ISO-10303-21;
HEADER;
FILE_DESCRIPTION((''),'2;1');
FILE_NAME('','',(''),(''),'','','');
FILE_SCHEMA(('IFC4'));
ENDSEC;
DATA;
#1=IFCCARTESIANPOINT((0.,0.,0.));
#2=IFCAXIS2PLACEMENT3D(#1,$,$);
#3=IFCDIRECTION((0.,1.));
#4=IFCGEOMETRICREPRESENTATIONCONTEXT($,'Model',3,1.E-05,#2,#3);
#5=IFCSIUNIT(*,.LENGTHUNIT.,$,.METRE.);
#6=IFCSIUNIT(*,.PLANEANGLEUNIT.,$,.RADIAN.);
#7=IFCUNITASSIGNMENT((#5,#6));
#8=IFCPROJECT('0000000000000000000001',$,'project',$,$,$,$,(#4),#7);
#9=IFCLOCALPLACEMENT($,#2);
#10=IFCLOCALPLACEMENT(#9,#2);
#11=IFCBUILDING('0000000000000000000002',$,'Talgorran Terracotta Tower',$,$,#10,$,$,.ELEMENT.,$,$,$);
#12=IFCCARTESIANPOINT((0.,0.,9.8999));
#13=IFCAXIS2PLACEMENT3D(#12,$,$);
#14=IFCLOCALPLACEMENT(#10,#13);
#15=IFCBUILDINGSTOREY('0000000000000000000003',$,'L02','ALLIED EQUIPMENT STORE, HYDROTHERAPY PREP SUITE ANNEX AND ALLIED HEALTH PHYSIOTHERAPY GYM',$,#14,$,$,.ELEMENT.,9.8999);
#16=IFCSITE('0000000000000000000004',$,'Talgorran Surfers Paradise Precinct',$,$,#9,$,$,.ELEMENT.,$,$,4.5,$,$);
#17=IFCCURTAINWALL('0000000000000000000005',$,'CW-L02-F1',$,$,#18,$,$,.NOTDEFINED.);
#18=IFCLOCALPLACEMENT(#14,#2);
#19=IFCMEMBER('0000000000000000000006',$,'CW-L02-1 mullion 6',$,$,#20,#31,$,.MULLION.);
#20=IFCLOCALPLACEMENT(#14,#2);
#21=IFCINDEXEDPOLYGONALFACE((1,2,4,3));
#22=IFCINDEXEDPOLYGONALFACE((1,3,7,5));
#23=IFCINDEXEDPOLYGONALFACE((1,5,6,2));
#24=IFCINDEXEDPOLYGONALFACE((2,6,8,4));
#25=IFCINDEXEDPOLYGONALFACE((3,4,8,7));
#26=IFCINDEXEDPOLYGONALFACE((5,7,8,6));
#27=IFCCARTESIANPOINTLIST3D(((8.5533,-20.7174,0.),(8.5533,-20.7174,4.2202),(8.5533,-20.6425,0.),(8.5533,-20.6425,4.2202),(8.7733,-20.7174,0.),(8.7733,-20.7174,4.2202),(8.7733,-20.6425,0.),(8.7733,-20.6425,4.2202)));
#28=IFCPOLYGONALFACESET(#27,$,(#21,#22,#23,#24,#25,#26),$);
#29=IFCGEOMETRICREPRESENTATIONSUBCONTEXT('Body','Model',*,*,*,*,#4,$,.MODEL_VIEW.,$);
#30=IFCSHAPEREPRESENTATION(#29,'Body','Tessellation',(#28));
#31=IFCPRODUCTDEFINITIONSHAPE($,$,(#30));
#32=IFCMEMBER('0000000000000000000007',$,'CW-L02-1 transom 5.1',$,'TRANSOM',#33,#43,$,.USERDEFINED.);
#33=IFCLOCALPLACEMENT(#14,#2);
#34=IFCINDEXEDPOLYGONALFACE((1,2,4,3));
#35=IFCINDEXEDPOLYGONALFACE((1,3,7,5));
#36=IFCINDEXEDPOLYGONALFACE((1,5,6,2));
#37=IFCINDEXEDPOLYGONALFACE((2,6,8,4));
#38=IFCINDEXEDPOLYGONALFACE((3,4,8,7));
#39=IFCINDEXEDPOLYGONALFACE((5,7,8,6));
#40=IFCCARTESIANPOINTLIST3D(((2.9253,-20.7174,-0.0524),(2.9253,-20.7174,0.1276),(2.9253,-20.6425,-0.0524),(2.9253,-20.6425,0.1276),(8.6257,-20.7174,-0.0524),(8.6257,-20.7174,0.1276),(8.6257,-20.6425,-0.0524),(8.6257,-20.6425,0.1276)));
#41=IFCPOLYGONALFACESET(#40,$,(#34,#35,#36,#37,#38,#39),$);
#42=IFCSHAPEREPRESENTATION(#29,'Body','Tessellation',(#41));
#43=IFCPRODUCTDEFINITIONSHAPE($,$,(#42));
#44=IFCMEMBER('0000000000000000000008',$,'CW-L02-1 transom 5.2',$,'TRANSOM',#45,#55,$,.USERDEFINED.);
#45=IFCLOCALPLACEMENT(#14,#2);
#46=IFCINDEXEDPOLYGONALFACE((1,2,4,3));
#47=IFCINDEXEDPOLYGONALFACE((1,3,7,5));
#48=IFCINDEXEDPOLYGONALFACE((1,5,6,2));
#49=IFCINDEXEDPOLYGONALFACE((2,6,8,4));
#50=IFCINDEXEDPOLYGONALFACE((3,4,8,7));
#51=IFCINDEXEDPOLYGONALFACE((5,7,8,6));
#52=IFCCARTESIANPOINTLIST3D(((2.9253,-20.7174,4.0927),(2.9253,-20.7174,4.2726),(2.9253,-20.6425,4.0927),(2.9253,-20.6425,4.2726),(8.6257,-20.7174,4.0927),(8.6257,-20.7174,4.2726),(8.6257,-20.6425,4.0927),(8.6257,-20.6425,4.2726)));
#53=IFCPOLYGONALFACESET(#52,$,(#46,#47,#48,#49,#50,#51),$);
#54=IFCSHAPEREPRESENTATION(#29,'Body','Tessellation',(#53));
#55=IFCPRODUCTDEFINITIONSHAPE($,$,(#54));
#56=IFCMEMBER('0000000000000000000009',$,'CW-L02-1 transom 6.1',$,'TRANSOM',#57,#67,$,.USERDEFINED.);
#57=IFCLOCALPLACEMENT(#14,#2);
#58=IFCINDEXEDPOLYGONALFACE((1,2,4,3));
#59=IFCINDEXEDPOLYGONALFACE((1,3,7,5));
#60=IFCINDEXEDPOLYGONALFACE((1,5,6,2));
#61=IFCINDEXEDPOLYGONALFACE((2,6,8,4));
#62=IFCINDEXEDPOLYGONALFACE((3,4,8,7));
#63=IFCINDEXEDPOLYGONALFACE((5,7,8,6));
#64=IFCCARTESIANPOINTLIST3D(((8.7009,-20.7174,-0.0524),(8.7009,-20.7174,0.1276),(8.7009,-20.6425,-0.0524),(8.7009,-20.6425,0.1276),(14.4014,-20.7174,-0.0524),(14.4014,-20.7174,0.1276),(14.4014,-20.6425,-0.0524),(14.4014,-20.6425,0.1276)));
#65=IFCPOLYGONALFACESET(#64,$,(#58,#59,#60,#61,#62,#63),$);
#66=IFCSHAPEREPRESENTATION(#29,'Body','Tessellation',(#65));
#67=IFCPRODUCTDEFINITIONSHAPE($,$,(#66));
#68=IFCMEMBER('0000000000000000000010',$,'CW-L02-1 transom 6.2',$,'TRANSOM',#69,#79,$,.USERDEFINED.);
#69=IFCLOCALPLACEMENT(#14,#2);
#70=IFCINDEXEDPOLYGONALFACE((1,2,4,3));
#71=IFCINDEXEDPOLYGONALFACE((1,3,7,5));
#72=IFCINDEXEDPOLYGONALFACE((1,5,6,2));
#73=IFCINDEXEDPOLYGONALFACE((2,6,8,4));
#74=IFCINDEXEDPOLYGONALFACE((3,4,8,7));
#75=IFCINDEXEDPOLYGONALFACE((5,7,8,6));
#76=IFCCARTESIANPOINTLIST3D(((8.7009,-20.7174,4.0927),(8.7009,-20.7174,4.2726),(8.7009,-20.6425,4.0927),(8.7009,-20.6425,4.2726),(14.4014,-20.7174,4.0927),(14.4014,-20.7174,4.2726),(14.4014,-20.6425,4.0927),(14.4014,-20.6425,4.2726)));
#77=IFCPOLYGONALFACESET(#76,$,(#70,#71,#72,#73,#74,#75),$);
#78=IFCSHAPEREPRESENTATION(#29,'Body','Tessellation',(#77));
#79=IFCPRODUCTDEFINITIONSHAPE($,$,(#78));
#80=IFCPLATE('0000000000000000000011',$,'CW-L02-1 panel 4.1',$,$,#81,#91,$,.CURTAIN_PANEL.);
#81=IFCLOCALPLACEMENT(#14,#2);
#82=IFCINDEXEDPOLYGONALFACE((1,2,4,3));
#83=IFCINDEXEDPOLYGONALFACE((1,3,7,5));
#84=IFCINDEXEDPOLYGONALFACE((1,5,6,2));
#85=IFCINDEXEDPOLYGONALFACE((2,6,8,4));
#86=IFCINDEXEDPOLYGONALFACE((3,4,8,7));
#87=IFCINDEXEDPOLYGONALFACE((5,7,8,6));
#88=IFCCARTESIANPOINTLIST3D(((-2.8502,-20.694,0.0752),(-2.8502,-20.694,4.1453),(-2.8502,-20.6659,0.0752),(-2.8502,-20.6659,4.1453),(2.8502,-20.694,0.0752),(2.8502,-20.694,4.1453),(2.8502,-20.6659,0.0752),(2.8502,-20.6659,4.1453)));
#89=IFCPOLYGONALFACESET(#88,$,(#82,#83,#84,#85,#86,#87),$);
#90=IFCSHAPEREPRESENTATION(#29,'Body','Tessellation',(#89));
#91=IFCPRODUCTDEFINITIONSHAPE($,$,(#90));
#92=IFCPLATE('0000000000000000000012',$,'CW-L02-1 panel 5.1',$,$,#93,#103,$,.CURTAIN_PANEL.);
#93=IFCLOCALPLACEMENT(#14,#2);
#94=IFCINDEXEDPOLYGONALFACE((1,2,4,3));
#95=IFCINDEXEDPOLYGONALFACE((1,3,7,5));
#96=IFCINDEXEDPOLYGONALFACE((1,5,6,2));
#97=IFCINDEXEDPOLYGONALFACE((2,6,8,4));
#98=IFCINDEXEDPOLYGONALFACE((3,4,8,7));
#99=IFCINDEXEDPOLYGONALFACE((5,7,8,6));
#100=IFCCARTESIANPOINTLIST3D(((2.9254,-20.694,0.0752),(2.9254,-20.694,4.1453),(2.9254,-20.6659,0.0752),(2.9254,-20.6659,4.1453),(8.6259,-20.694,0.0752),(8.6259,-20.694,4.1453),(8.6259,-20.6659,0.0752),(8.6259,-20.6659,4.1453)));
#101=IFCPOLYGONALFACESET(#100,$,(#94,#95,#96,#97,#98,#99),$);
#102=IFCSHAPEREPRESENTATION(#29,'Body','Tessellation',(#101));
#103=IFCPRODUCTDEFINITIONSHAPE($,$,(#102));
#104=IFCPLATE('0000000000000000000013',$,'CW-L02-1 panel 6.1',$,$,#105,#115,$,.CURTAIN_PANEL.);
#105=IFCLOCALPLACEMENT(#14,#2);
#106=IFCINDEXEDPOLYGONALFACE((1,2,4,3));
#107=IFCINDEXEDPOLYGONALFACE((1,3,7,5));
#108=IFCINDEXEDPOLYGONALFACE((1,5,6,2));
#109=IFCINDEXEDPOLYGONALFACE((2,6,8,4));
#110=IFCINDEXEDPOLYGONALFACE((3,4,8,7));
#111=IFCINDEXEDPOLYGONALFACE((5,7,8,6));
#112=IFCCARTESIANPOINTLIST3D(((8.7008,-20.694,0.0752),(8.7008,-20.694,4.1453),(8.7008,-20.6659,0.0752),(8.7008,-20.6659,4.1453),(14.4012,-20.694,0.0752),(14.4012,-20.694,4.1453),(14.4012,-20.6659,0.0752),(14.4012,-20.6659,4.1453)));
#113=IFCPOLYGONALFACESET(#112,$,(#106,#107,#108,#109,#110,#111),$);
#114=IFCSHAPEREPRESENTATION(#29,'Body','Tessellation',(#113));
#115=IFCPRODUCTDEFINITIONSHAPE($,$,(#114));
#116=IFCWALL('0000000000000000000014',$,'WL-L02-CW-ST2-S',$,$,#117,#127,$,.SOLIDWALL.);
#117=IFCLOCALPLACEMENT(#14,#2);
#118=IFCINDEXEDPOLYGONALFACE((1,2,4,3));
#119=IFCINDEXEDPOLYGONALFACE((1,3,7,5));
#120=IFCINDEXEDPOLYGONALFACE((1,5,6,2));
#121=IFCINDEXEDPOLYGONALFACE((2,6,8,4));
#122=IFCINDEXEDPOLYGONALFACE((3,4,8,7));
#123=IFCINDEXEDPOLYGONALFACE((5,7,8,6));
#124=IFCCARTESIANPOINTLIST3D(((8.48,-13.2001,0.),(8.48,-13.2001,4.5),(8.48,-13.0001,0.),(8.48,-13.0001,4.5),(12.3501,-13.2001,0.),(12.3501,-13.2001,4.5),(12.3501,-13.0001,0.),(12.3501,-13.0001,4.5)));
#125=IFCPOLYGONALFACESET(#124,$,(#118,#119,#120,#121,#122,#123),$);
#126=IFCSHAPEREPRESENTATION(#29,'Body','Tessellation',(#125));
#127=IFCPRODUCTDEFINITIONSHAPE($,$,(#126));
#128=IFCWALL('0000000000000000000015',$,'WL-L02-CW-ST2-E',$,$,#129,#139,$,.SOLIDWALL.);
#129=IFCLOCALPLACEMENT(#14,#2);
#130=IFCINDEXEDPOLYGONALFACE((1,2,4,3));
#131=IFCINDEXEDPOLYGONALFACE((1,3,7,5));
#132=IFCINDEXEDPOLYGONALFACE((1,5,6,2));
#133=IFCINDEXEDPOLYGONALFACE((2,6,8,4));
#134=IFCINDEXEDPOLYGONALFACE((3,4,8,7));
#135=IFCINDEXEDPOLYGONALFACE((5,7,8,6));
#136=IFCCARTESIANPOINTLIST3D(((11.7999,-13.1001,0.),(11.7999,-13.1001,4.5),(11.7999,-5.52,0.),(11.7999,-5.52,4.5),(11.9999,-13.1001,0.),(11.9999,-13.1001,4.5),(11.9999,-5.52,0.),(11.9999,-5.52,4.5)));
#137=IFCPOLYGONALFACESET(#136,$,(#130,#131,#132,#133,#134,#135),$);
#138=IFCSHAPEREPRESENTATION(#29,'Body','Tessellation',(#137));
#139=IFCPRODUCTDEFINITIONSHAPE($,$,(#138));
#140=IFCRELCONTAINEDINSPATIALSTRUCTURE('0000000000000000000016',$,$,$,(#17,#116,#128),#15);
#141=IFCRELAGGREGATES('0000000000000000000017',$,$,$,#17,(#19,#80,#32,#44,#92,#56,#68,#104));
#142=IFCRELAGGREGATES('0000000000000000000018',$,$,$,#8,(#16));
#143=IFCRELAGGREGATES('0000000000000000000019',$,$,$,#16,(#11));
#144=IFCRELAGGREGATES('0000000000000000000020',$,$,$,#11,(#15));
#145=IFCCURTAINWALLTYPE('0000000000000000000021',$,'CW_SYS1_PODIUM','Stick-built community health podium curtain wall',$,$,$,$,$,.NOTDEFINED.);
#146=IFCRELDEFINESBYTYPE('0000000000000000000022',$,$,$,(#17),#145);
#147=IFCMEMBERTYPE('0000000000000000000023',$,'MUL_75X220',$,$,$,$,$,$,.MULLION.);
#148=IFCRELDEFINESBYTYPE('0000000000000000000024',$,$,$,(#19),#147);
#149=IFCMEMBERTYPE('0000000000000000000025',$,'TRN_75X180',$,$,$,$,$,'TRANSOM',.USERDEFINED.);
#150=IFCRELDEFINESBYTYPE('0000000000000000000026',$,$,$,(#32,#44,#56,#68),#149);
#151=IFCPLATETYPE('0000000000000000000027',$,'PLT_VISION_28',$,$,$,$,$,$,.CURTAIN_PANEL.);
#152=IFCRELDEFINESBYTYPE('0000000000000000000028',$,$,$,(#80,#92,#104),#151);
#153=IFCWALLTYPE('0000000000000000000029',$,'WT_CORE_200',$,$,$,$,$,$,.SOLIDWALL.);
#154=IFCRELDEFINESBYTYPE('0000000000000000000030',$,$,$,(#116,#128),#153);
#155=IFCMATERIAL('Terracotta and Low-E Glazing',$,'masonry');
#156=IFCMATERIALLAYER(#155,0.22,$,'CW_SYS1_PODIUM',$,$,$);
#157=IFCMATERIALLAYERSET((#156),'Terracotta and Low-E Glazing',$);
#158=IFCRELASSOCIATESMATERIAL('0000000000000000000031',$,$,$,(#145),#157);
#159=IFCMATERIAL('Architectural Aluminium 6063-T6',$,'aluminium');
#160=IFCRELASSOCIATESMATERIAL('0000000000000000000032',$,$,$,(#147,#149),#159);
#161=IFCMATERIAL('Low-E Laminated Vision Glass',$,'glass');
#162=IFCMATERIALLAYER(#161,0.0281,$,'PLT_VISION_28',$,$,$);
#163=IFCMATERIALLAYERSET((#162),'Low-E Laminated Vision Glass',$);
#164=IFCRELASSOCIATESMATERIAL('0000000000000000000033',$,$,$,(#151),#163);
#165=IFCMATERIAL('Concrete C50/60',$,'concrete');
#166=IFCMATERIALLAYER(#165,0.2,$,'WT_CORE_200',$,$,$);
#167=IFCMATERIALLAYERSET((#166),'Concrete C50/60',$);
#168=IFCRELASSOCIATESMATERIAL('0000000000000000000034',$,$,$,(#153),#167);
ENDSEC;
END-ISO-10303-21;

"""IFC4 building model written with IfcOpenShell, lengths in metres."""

from ifc_helpers import new_model, si_unit, direction, frame, frame_2d, origin, origin_2d, place, context, subcontext, project, spatial, rectangle, extrude, source, transform, mapped, material, layer, layer_set, material_profile, profile_set, type_object, type_shapes, element, aggregate, save


model = new_model("IFC4")

# Units and contexts
model_context = context("Model", 3, precision=1e-05, world=origin(), true_north=direction((0.0, 1.0)))
body_context = subcontext(model_context, "Body", "Model", "MODEL_VIEW")
ifc_project = project(units=[si_unit("LENGTHUNIT", "METRE"), si_unit("PLANEANGLEUNIT", "RADIAN")], contexts=[model_context])

# Site, building, storey
site_placement = place(None, origin())
site = spatial("IfcSite", under=ifc_project, at=site_placement, Name="Talgorran Surfers Paradise Precinct", CompositionType="ELEMENT", RefElevation=4.5)
building_placement = place(site_placement, origin())
building = spatial("IfcBuilding", under=site, at=building_placement, Name="Talgorran Terracotta Tower", CompositionType="ELEMENT")
storey_placement = place(building_placement, frame((0.0, 0.0, 9.8999)))
storey = spatial("IfcBuildingStorey", under=building, at=storey_placement, Name="L02", Description="ALLIED EQUIPMENT STORE, HYDROTHERAPY PREP SUITE ANNEX AND ALLIED HEALTH PHYSIOTHERAPY GYM", CompositionType="ELEMENT", Elevation=9.8999)

# Curtain wall, members, plates
ifc_material_1 = material(Name="Terracotta and Low-E Glazing", Category="masonry")
ifc_layer_1 = layer(ifc_material_1, 0.22, Name="CW_SYS1_PODIUM")
ifc_layer_set_1 = layer_set([ifc_layer_1], Name="Terracotta and Low-E Glazing")
curtain_wall_type = type_object("IfcCurtainWallType", Name="CW_SYS1_PODIUM", Description="Stick-built community health podium curtain wall", PredefinedType="NOTDEFINED", material=ifc_layer_set_1)
curtain_wall_placement = place(storey_placement, origin())
curtain_wall = element("IfcCurtainWall", 1, at=curtain_wall_placement, inside=storey, type_object=curtain_wall_type, Name="CW-L02-F1", PredefinedType="NOTDEFINED")
ifc_material_2 = material(Name="Architectural Aluminium 6063-T6", Category="aluminium")
ifc_material_profile_1 = material_profile(ifc_material_2, rectangle(XDim=0.075, YDim=0.22, at=origin_2d()), Name="CWM75X220")
ifc_profile_set_1 = profile_set([ifc_material_profile_1], Name="Architectural Aluminium 6063-T6")
member_type_1 = type_object("IfcMemberType", Name="MUL_75X220", PredefinedType="MULLION", material=ifc_profile_set_1)
member_1_placement = place(storey_placement, frame((8.6633, -20.6799, 0.0), z_axis=(0.0, 0.0, 1.0), x_axis=(0.0, 1.0, 0.0)))
member_1 = element("IfcMember", 2, at=member_1_placement, type_object=member_type_1, Name="CW-L02-1 mullion 6", PredefinedType="MULLION", context=body_context, shape_type="SweptSolid", body=[
    extrude(rectangle(XDim=0.075, YDim=0.22, at=origin_2d()), origin(), (0.0, 0.0, 1.0), 4.2202),
])
ifc_material_profile_2 = material_profile(ifc_material_2, rectangle(XDim=0.075, YDim=0.1799, at=origin_2d()), Name="CWT75X180")
ifc_profile_set_2 = profile_set([ifc_material_profile_2], Name="Architectural Aluminium 6063-T6")
member_type_2 = type_object("IfcMemberType", Name="TRN_75X180", ElementType="TRANSOM", PredefinedType="USERDEFINED", material=ifc_profile_set_2)
member_2_placement = place(storey_placement, frame((2.9253, -20.6799, 0.0376), z_axis=(1.0, 0.0, 0.0), x_axis=(0.0, 1.0, 0.0)))
member_2 = element("IfcMember", 3, at=member_2_placement, type_object=member_type_2, Name="CW-L02-1 transom 5.1", ObjectType="TRANSOM", PredefinedType="USERDEFINED", context=body_context, shape_type="SweptSolid", body=[
    extrude(rectangle(XDim=0.075, YDim=0.1799, at=origin_2d()), origin(), (0.0, 0.0, 1.0), 5.7004),
])
member_3_placement = place(storey_placement, frame((2.9253, -20.6799, 4.1826), z_axis=(1.0, 0.0, 0.0), x_axis=(0.0, 1.0, 0.0)))
member_3 = element("IfcMember", 4, at=member_3_placement, type_object=member_type_2, Name="CW-L02-1 transom 5.2", ObjectType="TRANSOM", PredefinedType="USERDEFINED", context=body_context, shape_type="SweptSolid", body=[
    extrude(rectangle(XDim=0.075, YDim=0.1799, at=origin_2d()), origin(), (0.0, 0.0, 1.0), 5.7004),
])
member_4_placement = place(storey_placement, frame((8.7009, -20.6799, 0.0376), z_axis=(1.0, 0.0, 0.0), x_axis=(0.0, 1.0, 0.0)))
member_4 = element("IfcMember", 5, at=member_4_placement, type_object=member_type_2, Name="CW-L02-1 transom 6.1", ObjectType="TRANSOM", PredefinedType="USERDEFINED", context=body_context, shape_type="SweptSolid", body=[
    extrude(rectangle(XDim=0.075, YDim=0.1799, at=origin_2d()), origin(), (0.0, 0.0, 1.0), 5.7004),
])
member_5_placement = place(storey_placement, frame((8.7009, -20.6799, 4.1826), z_axis=(1.0, 0.0, 0.0), x_axis=(0.0, 1.0, 0.0)))
member_5 = element("IfcMember", 6, at=member_5_placement, type_object=member_type_2, Name="CW-L02-1 transom 6.2", ObjectType="TRANSOM", PredefinedType="USERDEFINED", context=body_context, shape_type="SweptSolid", body=[
    extrude(rectangle(XDim=0.075, YDim=0.1799, at=origin_2d()), origin(), (0.0, 0.0, 1.0), 5.7004),
])
ifc_material_3 = material(Name="Low-E Laminated Vision Glass", Category="glass")
ifc_layer_2 = layer(ifc_material_3, 0.0281, Name="PLT_VISION_28")
ifc_layer_set_2 = layer_set([ifc_layer_2], Name="Low-E Laminated Vision Glass")
plate_type = type_object("IfcPlateType", Name="PLT_VISION_28", PredefinedType="CURTAIN_PANEL", material=ifc_layer_set_2)
shared_shape_1 = source(origin(), body_context, "Body", "SweptSolid", [
    extrude(rectangle(XDim=5.7004, YDim=0.0281, at=origin_2d()), origin(), (0.0, 0.0, 1.0), 4.0701),
])
type_shapes(plate_type, [shared_shape_1])
plate_1_placement = place(storey_placement, frame((0.0, -20.6799, 0.0752), z_axis=(0.0, 0.0, 1.0), x_axis=(1.0, 0.0, 0.0)))
plate_1 = element("IfcPlate", 7, at=plate_1_placement, type_object=plate_type, Name="CW-L02-1 panel 4.1", PredefinedType="CURTAIN_PANEL", context=body_context, shape_type="MappedRepresentation", body=[
    mapped(shared_shape_1, transform((0.0, 0.0, 0.0), scale=1.0)),
])
plate_2_placement = place(storey_placement, frame((5.7756, -20.6799, 0.0752), z_axis=(0.0, 0.0, 1.0), x_axis=(1.0, 0.0, 0.0)))
plate_2 = element("IfcPlate", 8, at=plate_2_placement, type_object=plate_type, Name="CW-L02-1 panel 5.1", PredefinedType="CURTAIN_PANEL", context=body_context, shape_type="MappedRepresentation", body=[
    mapped(shared_shape_1, transform((0.0, 0.0, 0.0), scale=1.0)),
])
plate_3_placement = place(storey_placement, frame((11.551, -20.6799, 0.0752), z_axis=(0.0, 0.0, 1.0), x_axis=(1.0, 0.0, 0.0)))
plate_3 = element("IfcPlate", 9, at=plate_3_placement, type_object=plate_type, Name="CW-L02-1 panel 6.1", PredefinedType="CURTAIN_PANEL", context=body_context, shape_type="MappedRepresentation", body=[
    mapped(shared_shape_1, transform((0.0, 0.0, 0.0), scale=1.0)),
])
aggregate(curtain_wall, [member_1, plate_1, member_2, member_3, plate_2, member_4, member_5, plate_3])

# Walls
ifc_material_4 = material(Name="Concrete C50/60", Category="concrete")
ifc_layer_3 = layer(ifc_material_4, 0.2, Name="WT_CORE_200")
ifc_layer_set_3 = layer_set([ifc_layer_3], Name="Concrete C50/60")
wall_type_1 = type_object("IfcWallType", Name="WT_CORE_200", PredefinedType="SOLIDWALL", material=ifc_layer_set_3)
wall_1_placement = place(storey_placement, frame((8.48, -13.1001, 0.0), z_axis=(0.0, 0.0, 1.0), x_axis=(1.0, 0.0, 0.0)))
element("IfcWall", 10, at=wall_1_placement, inside=storey, type_object=wall_type_1, Name="WL-L02-CW-ST2-S", PredefinedType="SOLIDWALL", context=body_context, shape_type="SweptSolid", body=[
    extrude(rectangle(XDim=3.8701, YDim=0.2, at=frame_2d((1.9351, 0.0))), origin(), (0.0, 0.0, 1.0), 4.5),
])
wall_2_placement = place(storey_placement, frame((11.8999, -13.1001, 0.0), z_axis=(0.0, 0.0, 1.0), x_axis=(0.0, 1.0, 0.0)))
element("IfcWall", 11, at=wall_2_placement, inside=storey, type_object=wall_type_1, Name="WL-L02-CW-ST2-E", PredefinedType="SOLIDWALL", context=body_context, shape_type="SweptSolid", body=[
    extrude(rectangle(XDim=7.5801, YDim=0.2, at=frame_2d((3.79, 0.0))), origin(), (0.0, 0.0, 1.0), 4.5),
])

save(model, "model.ifc")
